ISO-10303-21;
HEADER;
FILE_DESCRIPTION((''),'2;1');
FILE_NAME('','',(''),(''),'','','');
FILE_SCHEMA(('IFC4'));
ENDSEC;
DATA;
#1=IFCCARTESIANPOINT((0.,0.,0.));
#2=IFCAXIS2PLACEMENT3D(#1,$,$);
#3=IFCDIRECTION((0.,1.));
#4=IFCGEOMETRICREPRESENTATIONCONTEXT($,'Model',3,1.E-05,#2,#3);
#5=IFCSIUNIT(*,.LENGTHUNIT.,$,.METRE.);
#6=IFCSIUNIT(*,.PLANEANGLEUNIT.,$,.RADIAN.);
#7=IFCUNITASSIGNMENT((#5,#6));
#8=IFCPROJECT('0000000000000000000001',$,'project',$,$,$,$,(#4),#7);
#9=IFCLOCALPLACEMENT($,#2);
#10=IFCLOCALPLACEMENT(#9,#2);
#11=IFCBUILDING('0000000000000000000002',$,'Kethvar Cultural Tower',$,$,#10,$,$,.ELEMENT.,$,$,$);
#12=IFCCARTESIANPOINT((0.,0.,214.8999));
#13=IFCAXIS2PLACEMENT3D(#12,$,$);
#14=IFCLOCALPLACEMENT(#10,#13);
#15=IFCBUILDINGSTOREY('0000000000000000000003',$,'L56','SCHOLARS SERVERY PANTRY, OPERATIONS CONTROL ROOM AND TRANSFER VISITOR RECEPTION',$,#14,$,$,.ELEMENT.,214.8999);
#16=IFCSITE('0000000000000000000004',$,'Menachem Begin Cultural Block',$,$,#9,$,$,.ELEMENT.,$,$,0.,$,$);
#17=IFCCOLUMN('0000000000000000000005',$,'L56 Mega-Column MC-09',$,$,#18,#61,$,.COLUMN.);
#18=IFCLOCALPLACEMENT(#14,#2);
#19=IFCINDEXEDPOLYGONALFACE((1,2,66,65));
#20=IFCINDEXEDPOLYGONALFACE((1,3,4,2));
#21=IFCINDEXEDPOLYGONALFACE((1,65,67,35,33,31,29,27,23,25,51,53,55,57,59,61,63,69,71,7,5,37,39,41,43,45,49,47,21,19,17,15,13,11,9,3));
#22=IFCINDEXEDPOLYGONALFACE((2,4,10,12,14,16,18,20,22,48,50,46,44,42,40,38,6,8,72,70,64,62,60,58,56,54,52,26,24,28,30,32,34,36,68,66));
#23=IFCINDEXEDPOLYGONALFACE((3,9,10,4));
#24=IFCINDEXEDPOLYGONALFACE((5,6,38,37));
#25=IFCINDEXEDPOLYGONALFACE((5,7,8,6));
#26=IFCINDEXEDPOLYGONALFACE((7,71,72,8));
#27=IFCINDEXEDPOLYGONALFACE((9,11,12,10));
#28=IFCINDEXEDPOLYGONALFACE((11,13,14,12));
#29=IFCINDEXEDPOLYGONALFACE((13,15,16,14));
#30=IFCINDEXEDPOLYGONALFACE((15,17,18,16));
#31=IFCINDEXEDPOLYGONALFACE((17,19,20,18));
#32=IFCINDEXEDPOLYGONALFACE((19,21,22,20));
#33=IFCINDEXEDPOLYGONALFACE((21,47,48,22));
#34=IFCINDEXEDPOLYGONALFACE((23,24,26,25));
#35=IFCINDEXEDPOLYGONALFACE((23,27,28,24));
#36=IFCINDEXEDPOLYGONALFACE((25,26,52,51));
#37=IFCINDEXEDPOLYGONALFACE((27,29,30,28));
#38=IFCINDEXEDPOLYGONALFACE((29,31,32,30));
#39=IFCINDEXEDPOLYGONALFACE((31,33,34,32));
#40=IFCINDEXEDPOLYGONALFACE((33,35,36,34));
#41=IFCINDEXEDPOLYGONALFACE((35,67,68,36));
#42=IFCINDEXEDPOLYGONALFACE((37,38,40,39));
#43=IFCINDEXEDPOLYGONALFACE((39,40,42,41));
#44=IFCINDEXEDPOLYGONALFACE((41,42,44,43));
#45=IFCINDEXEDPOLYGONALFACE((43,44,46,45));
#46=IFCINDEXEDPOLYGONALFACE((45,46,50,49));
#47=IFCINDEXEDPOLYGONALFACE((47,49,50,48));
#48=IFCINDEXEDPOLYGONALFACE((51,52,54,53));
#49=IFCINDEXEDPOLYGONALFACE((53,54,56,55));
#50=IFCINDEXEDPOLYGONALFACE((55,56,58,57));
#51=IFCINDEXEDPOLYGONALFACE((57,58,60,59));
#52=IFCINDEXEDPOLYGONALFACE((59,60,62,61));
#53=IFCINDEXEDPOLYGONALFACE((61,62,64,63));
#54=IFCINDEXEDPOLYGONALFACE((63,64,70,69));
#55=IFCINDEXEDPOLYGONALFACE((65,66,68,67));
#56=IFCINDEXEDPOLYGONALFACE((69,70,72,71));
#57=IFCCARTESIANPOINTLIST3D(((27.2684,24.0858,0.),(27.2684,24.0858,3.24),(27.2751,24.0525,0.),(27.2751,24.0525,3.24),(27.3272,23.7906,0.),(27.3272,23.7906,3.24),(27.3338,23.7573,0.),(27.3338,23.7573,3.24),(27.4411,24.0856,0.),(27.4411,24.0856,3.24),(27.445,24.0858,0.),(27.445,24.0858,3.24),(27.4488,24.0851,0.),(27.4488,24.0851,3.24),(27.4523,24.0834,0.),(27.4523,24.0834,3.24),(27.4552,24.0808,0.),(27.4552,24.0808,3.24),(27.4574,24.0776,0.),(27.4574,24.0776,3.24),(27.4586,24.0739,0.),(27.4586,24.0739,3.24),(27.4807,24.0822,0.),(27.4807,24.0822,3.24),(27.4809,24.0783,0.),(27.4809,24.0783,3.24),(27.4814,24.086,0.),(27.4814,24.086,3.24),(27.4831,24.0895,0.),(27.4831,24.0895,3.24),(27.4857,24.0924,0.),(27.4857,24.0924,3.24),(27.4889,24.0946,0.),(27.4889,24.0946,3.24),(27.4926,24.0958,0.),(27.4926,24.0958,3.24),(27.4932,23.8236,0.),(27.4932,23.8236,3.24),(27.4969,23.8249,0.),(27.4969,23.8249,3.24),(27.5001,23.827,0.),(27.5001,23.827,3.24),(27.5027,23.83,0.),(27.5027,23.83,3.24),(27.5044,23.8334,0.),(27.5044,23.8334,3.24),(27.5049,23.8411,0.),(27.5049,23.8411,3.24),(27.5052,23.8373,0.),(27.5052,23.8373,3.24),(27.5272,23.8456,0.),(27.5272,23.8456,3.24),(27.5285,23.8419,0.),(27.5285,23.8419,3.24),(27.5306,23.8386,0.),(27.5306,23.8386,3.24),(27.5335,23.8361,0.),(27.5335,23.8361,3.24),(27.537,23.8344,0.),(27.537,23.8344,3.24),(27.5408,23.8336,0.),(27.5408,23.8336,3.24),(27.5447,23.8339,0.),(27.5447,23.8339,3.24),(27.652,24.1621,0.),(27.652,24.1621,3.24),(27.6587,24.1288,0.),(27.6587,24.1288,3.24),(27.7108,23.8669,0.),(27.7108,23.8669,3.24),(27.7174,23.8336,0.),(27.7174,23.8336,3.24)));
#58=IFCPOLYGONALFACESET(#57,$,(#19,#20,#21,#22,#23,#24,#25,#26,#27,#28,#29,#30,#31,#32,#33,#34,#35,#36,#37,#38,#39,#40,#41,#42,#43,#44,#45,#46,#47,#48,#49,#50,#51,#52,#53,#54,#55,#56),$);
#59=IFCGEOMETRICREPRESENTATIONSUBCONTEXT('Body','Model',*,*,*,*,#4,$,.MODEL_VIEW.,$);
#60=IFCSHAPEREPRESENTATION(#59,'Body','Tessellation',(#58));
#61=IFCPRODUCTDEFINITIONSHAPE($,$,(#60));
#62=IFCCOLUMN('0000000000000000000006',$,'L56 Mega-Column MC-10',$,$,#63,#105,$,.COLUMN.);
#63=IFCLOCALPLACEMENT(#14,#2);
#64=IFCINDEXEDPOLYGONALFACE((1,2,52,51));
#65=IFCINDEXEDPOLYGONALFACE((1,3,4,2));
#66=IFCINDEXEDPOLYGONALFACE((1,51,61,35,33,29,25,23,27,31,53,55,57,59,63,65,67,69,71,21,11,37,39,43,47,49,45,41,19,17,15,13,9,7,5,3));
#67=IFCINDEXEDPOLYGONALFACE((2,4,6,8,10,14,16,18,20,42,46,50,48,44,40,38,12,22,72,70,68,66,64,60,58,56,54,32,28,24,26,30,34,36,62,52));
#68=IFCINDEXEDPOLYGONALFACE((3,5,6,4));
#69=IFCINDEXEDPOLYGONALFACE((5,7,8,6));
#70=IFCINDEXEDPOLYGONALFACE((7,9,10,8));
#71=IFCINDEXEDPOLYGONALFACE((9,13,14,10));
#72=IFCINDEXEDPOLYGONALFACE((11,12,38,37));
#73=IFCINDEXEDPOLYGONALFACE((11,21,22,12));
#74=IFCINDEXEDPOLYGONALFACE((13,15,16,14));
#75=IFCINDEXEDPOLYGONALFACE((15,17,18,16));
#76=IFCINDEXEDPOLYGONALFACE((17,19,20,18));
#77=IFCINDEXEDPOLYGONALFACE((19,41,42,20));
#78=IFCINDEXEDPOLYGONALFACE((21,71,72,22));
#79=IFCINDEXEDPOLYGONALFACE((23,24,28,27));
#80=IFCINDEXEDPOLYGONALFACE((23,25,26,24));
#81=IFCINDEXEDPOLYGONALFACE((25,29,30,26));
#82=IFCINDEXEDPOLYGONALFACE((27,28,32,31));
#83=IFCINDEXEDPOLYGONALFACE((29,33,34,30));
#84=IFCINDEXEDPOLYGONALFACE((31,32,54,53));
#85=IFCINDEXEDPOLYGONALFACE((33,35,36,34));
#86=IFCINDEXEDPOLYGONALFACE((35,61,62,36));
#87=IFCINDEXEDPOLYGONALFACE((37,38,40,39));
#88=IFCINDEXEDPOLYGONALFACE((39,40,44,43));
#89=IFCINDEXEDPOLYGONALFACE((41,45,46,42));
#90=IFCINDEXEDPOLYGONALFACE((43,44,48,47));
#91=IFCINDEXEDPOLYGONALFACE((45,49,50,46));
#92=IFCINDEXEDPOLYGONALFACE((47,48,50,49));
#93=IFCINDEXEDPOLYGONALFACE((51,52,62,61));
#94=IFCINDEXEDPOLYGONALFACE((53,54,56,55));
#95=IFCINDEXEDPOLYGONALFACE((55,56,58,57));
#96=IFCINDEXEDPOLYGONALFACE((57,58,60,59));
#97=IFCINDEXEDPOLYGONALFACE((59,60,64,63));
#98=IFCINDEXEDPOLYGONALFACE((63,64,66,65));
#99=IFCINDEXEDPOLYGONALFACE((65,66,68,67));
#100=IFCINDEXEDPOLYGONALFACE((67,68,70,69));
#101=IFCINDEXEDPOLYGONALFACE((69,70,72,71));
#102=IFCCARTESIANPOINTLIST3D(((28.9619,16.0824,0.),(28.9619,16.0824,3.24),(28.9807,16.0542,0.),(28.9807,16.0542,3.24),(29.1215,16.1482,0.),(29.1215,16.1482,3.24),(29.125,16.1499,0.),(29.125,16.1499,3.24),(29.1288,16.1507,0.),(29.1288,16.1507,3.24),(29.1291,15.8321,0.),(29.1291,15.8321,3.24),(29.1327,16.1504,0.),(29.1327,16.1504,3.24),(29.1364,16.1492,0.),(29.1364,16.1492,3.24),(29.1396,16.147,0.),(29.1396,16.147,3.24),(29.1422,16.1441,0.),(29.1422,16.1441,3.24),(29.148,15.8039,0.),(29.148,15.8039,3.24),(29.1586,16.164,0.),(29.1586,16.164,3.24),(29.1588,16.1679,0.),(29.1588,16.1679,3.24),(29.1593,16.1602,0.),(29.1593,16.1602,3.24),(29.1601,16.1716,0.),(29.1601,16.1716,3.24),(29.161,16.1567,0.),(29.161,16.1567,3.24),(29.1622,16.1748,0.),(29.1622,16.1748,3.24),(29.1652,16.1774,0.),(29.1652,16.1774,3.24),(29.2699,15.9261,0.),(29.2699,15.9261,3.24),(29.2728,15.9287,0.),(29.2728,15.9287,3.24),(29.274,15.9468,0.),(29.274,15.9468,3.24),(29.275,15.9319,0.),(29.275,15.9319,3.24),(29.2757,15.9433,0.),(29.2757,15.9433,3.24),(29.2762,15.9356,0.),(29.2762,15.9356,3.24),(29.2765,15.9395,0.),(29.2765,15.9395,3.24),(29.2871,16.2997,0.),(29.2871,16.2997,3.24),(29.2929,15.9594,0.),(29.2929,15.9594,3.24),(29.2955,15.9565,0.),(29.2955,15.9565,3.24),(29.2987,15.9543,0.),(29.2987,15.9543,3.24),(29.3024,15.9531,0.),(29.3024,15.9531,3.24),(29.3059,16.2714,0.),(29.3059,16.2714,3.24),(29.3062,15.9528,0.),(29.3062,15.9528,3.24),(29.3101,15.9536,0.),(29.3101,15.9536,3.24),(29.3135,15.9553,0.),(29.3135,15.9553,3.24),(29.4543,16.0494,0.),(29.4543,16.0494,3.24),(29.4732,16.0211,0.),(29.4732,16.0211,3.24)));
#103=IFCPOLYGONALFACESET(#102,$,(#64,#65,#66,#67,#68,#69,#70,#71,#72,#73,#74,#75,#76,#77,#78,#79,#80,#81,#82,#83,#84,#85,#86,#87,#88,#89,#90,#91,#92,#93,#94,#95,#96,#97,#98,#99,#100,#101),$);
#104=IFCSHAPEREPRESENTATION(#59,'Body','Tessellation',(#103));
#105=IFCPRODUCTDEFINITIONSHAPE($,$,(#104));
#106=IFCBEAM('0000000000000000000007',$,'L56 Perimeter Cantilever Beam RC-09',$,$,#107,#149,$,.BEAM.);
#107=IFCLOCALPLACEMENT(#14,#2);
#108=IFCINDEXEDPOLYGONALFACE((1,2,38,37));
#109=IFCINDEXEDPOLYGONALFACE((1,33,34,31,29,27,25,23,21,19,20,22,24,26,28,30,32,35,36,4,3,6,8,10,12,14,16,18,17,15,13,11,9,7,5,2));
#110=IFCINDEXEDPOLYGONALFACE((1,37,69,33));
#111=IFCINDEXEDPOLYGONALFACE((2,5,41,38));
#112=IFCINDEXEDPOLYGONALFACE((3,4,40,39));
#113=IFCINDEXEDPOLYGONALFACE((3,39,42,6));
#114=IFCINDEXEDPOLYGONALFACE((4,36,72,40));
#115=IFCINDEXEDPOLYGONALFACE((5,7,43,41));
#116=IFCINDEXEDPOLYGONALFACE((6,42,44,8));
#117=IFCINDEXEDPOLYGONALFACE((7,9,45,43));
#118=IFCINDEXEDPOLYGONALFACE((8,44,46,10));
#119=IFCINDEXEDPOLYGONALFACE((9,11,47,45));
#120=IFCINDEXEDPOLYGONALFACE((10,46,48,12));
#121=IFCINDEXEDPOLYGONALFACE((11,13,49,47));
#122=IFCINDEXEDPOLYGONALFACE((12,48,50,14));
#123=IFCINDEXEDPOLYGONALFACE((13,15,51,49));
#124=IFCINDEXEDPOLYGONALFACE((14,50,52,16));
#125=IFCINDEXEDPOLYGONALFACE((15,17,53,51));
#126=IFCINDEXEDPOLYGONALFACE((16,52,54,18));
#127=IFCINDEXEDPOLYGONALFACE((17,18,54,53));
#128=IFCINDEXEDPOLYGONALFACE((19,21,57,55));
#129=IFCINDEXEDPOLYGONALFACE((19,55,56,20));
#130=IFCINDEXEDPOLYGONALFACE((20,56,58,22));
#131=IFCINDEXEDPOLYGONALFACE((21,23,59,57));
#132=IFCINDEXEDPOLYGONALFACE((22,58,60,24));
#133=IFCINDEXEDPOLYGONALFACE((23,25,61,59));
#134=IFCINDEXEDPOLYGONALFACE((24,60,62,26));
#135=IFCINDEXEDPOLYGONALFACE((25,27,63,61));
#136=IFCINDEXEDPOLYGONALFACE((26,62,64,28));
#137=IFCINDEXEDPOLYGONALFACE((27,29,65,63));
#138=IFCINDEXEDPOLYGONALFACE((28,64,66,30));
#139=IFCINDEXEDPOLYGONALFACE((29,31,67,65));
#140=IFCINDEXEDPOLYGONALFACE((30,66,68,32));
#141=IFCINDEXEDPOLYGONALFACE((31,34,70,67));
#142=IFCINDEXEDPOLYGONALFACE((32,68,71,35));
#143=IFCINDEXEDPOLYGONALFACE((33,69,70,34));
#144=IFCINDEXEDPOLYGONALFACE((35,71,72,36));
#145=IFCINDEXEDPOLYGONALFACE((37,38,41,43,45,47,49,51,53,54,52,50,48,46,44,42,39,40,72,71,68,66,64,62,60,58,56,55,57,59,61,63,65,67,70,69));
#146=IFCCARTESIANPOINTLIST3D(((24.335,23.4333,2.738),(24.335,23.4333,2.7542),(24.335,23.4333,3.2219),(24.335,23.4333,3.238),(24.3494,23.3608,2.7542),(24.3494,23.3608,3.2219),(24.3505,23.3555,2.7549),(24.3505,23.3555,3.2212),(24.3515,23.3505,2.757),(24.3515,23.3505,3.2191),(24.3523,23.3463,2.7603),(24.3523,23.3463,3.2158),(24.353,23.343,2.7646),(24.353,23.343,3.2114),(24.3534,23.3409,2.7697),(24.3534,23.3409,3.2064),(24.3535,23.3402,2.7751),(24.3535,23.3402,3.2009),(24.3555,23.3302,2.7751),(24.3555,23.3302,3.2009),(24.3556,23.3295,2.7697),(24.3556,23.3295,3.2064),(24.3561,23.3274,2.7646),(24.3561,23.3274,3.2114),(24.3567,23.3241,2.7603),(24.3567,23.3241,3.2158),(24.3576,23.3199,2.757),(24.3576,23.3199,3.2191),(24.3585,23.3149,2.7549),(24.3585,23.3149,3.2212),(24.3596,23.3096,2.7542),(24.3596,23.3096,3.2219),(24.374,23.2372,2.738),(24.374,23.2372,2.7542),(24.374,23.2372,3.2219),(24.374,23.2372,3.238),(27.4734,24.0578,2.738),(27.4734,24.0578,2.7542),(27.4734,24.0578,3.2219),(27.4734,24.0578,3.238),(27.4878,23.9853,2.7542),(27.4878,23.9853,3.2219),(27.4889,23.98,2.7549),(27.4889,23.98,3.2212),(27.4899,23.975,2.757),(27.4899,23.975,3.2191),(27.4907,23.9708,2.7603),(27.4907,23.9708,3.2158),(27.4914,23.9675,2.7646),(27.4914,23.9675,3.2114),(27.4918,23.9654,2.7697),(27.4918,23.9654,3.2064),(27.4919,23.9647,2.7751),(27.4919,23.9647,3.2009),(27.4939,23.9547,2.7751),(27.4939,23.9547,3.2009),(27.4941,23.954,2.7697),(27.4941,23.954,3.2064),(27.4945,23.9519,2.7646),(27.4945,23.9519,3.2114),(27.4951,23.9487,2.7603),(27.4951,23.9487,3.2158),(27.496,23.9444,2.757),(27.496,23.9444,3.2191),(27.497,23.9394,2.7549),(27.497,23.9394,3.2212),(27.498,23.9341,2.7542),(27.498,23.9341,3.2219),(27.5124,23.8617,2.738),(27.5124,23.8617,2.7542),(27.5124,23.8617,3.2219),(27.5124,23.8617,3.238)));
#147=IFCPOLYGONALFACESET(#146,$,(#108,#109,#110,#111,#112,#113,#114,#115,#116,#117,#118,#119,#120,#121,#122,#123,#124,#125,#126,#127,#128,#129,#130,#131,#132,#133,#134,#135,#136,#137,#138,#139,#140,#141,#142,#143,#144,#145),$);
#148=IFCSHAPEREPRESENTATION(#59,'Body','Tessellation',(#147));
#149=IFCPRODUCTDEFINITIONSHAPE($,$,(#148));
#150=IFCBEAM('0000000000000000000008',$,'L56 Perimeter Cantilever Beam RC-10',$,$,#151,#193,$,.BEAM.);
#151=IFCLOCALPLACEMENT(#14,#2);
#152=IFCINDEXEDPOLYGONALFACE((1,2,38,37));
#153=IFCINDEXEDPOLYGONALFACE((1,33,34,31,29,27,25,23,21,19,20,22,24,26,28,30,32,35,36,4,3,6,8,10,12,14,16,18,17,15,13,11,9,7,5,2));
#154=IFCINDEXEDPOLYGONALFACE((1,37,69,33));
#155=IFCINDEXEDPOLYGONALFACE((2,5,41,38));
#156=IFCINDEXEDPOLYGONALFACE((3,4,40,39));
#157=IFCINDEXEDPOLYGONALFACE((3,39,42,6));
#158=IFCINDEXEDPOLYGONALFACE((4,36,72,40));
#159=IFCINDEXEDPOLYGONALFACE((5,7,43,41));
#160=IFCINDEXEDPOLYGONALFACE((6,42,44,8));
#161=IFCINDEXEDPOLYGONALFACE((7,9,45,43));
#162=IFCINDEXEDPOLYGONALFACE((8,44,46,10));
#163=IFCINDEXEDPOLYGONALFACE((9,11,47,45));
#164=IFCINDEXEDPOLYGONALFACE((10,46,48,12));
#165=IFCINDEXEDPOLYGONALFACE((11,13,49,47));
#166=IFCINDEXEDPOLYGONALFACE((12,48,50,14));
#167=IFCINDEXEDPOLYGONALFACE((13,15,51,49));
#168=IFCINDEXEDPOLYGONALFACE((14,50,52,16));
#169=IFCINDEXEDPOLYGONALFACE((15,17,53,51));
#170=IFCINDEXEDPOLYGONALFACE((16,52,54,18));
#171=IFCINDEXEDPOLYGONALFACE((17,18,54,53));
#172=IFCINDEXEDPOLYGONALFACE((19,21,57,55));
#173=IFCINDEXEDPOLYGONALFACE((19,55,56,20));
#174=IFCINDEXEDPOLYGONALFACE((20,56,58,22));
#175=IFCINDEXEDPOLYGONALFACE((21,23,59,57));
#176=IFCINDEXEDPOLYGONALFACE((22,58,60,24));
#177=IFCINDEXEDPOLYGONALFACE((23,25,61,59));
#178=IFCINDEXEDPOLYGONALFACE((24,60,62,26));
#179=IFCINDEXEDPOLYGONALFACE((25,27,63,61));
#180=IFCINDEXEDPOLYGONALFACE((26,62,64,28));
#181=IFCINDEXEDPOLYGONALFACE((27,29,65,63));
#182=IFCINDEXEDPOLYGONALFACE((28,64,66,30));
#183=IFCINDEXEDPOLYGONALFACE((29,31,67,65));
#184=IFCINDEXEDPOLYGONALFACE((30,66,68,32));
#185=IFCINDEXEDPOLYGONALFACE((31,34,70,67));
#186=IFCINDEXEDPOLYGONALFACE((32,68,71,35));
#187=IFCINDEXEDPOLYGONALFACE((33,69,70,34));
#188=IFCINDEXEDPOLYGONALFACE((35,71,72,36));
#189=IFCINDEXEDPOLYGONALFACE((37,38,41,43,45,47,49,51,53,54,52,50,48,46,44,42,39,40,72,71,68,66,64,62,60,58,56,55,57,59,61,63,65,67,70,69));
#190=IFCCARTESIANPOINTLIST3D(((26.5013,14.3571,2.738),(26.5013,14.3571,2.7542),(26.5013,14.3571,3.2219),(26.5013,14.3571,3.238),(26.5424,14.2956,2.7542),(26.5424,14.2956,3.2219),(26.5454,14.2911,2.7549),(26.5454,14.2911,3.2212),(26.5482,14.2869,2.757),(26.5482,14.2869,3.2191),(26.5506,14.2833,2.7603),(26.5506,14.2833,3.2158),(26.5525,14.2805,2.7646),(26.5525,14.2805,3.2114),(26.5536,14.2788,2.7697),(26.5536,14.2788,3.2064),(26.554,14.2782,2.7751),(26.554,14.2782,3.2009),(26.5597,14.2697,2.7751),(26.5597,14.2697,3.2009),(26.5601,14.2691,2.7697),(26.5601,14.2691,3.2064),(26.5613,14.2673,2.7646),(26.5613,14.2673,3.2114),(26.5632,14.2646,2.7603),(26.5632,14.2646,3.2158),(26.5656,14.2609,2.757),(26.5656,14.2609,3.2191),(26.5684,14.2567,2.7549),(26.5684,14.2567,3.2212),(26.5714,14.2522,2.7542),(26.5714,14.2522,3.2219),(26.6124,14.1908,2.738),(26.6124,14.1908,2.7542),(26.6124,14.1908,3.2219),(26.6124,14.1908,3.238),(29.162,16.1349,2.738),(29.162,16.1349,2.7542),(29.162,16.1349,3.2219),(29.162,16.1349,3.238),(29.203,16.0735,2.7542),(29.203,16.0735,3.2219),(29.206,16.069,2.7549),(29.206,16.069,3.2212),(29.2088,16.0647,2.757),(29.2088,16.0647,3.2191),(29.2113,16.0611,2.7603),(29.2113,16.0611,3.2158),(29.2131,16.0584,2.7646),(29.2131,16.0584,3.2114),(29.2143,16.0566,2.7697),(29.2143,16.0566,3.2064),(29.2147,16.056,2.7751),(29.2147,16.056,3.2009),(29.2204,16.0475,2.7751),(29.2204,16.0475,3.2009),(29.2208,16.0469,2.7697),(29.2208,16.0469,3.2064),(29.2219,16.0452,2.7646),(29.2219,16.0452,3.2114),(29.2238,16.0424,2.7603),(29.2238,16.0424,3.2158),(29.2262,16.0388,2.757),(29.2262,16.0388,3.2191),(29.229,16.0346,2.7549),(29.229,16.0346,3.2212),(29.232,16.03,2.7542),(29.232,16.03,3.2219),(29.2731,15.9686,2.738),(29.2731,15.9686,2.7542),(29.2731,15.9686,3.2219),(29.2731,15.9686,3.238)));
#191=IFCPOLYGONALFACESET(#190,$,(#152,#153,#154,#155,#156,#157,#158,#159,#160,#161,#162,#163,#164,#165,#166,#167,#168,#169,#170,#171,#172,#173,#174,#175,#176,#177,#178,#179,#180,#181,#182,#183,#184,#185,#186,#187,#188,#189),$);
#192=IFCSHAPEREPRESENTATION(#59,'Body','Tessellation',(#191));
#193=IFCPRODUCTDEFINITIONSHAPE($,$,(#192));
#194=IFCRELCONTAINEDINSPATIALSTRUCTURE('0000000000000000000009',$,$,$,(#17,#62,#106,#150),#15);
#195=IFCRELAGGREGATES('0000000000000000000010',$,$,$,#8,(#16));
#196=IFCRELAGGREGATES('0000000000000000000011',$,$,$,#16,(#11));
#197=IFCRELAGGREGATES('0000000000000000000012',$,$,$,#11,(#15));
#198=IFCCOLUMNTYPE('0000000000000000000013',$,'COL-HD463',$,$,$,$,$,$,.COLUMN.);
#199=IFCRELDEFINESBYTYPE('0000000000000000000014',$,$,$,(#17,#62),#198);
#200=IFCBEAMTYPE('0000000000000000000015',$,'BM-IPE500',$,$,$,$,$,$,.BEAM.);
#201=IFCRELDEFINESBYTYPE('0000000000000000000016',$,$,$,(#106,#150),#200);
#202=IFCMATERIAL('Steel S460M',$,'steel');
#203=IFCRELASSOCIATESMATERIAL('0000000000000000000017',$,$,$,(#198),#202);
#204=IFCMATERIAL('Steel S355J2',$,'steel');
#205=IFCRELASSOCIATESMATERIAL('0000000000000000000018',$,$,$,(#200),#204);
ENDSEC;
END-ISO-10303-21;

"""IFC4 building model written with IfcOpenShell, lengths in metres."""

from ifc_helpers import new_model, si_unit, direction, frame, origin, origin_2d, place, context, subcontext, project, spatial, i_section, extrude, source, transform, mapped, material, material_profile, profile_set, type_object, element, save


model = new_model("IFC4")

# Units and contexts
model_context = context("Model", 3, precision=1e-05, world=origin(), true_north=direction((0.0, 1.0)))
body_context = subcontext(model_context, "Body", "Model", "MODEL_VIEW")
ifc_project = project(units=[si_unit("LENGTHUNIT", "METRE"), si_unit("PLANEANGLEUNIT", "RADIAN")], contexts=[model_context])

# Site, building, storey
site_placement = place(None, origin())
site = spatial("IfcSite", under=ifc_project, at=site_placement, Name="Menachem Begin Cultural Block", CompositionType="ELEMENT", RefElevation=0.0)
building_placement = place(site_placement, origin())
building = spatial("IfcBuilding", under=site, at=building_placement, Name="Kethvar Cultural Tower", CompositionType="ELEMENT")
storey_placement = place(building_placement, frame((0.0, 0.0, 214.8999)))
storey = spatial("IfcBuildingStorey", under=building, at=storey_placement, Name="L56", Description="SCHOLARS SERVERY PANTRY, OPERATIONS CONTROL ROOM AND TRANSFER VISITOR RECEPTION", CompositionType="ELEMENT", Elevation=214.8999)

# Columns
ifc_material_1 = material(Name="Steel S460M", Category="steel")
ifc_material_profile_1 = material_profile(ifc_material_1, i_section(OverallWidth=0.3911, OverallDepth=0.335, WebThickness=0.0227, FlangeThickness=0.0339, FilletRadius=0.0149, at=origin_2d()), Name="Steel S460M — HD400x463")
ifc_profile_set_1 = profile_set([ifc_material_profile_1], Name="Steel S460M — HD400x463")
column_type = type_object("IfcColumnType", Name="COL-HD463", PredefinedType="COLUMN", material=ifc_profile_set_1)
shared_shape_1 = source(origin(), body_context, "Body", "SweptSolid", [
    extrude(i_section(OverallWidth=0.3911, OverallDepth=0.335, WebThickness=0.0227, FlangeThickness=0.0339, FilletRadius=0.0149, at=origin_2d()), origin(), (0.0, 0.0, 1.0), 3.24),
])
for number, where, z_axis, x_axis, name in (
    (1, (27.4929, 23.9597, 0.0), (0.0, 0.0, 1.0), (-0.980785, -0.19509, 0.0), "L56 Mega-Column MC-09"),
    (2, (29.2175, 16.0518, 0.0), (0.0, 0.0, 1.0), (-0.83147, -0.55557, 0.0), "L56 Mega-Column MC-10"),
):
    element("IfcColumn", number, at=place(storey_placement, frame(where, z_axis=z_axis, x_axis=x_axis)), inside=storey, type_object=column_type, Name=name, PredefinedType="COLUMN", context=body_context, shape_type="MappedRepresentation", body=[
        mapped(shared_shape_1, transform((0.0, 0.0, 0.0), scale=1.0)),
    ])

# Beams
ifc_material_2 = material(Name="Steel S355J2", Category="steel")
ifc_material_profile_2 = material_profile(ifc_material_2, i_section(OverallWidth=0.2, OverallDepth=0.5, WebThickness=0.0103, FlangeThickness=0.0161, FilletRadius=0.021, at=origin_2d()), Name="Steel S355J2 — IPE500")
ifc_profile_set_2 = profile_set([ifc_material_profile_2], Name="Steel S355J2 — IPE500")
beam_type_1 = type_object("IfcBeamType", Name="BM-IPE500", PredefinedType="BEAM", material=ifc_profile_set_2)
shared_shape_2 = source(origin(), body_context, "Body", "SweptSolid", [
    extrude(i_section(OverallWidth=0.2, OverallDepth=0.5, WebThickness=0.0103, FlangeThickness=0.0161, FilletRadius=0.021, at=origin_2d()), origin(), (0.0, 0.0, 1.0), 3.2),
])
for number, where, z_axis, x_axis, name in (
    (3, (27.4929, 23.9597, 2.988), (-0.980771, -0.195162, 0.0), (0.195162, -0.980771, 0.0), "L56 Perimeter Cantilever Beam RC-09"),
    (4, (29.2175, 16.0518, 2.988), (-0.831463, -0.55558, 0.0), (0.55558, -0.831463, 0.0), "L56 Perimeter Cantilever Beam RC-10"),
):
    element("IfcBeam", number, at=place(storey_placement, frame(where, z_axis=z_axis, x_axis=x_axis)), inside=storey, type_object=beam_type_1, Name=name, PredefinedType="BEAM", context=body_context, shape_type="MappedRepresentation", body=[
        mapped(shared_shape_2, transform((0.0, 0.0, 0.0), scale=1.0)),
    ])

save(model, "model.ifc")
